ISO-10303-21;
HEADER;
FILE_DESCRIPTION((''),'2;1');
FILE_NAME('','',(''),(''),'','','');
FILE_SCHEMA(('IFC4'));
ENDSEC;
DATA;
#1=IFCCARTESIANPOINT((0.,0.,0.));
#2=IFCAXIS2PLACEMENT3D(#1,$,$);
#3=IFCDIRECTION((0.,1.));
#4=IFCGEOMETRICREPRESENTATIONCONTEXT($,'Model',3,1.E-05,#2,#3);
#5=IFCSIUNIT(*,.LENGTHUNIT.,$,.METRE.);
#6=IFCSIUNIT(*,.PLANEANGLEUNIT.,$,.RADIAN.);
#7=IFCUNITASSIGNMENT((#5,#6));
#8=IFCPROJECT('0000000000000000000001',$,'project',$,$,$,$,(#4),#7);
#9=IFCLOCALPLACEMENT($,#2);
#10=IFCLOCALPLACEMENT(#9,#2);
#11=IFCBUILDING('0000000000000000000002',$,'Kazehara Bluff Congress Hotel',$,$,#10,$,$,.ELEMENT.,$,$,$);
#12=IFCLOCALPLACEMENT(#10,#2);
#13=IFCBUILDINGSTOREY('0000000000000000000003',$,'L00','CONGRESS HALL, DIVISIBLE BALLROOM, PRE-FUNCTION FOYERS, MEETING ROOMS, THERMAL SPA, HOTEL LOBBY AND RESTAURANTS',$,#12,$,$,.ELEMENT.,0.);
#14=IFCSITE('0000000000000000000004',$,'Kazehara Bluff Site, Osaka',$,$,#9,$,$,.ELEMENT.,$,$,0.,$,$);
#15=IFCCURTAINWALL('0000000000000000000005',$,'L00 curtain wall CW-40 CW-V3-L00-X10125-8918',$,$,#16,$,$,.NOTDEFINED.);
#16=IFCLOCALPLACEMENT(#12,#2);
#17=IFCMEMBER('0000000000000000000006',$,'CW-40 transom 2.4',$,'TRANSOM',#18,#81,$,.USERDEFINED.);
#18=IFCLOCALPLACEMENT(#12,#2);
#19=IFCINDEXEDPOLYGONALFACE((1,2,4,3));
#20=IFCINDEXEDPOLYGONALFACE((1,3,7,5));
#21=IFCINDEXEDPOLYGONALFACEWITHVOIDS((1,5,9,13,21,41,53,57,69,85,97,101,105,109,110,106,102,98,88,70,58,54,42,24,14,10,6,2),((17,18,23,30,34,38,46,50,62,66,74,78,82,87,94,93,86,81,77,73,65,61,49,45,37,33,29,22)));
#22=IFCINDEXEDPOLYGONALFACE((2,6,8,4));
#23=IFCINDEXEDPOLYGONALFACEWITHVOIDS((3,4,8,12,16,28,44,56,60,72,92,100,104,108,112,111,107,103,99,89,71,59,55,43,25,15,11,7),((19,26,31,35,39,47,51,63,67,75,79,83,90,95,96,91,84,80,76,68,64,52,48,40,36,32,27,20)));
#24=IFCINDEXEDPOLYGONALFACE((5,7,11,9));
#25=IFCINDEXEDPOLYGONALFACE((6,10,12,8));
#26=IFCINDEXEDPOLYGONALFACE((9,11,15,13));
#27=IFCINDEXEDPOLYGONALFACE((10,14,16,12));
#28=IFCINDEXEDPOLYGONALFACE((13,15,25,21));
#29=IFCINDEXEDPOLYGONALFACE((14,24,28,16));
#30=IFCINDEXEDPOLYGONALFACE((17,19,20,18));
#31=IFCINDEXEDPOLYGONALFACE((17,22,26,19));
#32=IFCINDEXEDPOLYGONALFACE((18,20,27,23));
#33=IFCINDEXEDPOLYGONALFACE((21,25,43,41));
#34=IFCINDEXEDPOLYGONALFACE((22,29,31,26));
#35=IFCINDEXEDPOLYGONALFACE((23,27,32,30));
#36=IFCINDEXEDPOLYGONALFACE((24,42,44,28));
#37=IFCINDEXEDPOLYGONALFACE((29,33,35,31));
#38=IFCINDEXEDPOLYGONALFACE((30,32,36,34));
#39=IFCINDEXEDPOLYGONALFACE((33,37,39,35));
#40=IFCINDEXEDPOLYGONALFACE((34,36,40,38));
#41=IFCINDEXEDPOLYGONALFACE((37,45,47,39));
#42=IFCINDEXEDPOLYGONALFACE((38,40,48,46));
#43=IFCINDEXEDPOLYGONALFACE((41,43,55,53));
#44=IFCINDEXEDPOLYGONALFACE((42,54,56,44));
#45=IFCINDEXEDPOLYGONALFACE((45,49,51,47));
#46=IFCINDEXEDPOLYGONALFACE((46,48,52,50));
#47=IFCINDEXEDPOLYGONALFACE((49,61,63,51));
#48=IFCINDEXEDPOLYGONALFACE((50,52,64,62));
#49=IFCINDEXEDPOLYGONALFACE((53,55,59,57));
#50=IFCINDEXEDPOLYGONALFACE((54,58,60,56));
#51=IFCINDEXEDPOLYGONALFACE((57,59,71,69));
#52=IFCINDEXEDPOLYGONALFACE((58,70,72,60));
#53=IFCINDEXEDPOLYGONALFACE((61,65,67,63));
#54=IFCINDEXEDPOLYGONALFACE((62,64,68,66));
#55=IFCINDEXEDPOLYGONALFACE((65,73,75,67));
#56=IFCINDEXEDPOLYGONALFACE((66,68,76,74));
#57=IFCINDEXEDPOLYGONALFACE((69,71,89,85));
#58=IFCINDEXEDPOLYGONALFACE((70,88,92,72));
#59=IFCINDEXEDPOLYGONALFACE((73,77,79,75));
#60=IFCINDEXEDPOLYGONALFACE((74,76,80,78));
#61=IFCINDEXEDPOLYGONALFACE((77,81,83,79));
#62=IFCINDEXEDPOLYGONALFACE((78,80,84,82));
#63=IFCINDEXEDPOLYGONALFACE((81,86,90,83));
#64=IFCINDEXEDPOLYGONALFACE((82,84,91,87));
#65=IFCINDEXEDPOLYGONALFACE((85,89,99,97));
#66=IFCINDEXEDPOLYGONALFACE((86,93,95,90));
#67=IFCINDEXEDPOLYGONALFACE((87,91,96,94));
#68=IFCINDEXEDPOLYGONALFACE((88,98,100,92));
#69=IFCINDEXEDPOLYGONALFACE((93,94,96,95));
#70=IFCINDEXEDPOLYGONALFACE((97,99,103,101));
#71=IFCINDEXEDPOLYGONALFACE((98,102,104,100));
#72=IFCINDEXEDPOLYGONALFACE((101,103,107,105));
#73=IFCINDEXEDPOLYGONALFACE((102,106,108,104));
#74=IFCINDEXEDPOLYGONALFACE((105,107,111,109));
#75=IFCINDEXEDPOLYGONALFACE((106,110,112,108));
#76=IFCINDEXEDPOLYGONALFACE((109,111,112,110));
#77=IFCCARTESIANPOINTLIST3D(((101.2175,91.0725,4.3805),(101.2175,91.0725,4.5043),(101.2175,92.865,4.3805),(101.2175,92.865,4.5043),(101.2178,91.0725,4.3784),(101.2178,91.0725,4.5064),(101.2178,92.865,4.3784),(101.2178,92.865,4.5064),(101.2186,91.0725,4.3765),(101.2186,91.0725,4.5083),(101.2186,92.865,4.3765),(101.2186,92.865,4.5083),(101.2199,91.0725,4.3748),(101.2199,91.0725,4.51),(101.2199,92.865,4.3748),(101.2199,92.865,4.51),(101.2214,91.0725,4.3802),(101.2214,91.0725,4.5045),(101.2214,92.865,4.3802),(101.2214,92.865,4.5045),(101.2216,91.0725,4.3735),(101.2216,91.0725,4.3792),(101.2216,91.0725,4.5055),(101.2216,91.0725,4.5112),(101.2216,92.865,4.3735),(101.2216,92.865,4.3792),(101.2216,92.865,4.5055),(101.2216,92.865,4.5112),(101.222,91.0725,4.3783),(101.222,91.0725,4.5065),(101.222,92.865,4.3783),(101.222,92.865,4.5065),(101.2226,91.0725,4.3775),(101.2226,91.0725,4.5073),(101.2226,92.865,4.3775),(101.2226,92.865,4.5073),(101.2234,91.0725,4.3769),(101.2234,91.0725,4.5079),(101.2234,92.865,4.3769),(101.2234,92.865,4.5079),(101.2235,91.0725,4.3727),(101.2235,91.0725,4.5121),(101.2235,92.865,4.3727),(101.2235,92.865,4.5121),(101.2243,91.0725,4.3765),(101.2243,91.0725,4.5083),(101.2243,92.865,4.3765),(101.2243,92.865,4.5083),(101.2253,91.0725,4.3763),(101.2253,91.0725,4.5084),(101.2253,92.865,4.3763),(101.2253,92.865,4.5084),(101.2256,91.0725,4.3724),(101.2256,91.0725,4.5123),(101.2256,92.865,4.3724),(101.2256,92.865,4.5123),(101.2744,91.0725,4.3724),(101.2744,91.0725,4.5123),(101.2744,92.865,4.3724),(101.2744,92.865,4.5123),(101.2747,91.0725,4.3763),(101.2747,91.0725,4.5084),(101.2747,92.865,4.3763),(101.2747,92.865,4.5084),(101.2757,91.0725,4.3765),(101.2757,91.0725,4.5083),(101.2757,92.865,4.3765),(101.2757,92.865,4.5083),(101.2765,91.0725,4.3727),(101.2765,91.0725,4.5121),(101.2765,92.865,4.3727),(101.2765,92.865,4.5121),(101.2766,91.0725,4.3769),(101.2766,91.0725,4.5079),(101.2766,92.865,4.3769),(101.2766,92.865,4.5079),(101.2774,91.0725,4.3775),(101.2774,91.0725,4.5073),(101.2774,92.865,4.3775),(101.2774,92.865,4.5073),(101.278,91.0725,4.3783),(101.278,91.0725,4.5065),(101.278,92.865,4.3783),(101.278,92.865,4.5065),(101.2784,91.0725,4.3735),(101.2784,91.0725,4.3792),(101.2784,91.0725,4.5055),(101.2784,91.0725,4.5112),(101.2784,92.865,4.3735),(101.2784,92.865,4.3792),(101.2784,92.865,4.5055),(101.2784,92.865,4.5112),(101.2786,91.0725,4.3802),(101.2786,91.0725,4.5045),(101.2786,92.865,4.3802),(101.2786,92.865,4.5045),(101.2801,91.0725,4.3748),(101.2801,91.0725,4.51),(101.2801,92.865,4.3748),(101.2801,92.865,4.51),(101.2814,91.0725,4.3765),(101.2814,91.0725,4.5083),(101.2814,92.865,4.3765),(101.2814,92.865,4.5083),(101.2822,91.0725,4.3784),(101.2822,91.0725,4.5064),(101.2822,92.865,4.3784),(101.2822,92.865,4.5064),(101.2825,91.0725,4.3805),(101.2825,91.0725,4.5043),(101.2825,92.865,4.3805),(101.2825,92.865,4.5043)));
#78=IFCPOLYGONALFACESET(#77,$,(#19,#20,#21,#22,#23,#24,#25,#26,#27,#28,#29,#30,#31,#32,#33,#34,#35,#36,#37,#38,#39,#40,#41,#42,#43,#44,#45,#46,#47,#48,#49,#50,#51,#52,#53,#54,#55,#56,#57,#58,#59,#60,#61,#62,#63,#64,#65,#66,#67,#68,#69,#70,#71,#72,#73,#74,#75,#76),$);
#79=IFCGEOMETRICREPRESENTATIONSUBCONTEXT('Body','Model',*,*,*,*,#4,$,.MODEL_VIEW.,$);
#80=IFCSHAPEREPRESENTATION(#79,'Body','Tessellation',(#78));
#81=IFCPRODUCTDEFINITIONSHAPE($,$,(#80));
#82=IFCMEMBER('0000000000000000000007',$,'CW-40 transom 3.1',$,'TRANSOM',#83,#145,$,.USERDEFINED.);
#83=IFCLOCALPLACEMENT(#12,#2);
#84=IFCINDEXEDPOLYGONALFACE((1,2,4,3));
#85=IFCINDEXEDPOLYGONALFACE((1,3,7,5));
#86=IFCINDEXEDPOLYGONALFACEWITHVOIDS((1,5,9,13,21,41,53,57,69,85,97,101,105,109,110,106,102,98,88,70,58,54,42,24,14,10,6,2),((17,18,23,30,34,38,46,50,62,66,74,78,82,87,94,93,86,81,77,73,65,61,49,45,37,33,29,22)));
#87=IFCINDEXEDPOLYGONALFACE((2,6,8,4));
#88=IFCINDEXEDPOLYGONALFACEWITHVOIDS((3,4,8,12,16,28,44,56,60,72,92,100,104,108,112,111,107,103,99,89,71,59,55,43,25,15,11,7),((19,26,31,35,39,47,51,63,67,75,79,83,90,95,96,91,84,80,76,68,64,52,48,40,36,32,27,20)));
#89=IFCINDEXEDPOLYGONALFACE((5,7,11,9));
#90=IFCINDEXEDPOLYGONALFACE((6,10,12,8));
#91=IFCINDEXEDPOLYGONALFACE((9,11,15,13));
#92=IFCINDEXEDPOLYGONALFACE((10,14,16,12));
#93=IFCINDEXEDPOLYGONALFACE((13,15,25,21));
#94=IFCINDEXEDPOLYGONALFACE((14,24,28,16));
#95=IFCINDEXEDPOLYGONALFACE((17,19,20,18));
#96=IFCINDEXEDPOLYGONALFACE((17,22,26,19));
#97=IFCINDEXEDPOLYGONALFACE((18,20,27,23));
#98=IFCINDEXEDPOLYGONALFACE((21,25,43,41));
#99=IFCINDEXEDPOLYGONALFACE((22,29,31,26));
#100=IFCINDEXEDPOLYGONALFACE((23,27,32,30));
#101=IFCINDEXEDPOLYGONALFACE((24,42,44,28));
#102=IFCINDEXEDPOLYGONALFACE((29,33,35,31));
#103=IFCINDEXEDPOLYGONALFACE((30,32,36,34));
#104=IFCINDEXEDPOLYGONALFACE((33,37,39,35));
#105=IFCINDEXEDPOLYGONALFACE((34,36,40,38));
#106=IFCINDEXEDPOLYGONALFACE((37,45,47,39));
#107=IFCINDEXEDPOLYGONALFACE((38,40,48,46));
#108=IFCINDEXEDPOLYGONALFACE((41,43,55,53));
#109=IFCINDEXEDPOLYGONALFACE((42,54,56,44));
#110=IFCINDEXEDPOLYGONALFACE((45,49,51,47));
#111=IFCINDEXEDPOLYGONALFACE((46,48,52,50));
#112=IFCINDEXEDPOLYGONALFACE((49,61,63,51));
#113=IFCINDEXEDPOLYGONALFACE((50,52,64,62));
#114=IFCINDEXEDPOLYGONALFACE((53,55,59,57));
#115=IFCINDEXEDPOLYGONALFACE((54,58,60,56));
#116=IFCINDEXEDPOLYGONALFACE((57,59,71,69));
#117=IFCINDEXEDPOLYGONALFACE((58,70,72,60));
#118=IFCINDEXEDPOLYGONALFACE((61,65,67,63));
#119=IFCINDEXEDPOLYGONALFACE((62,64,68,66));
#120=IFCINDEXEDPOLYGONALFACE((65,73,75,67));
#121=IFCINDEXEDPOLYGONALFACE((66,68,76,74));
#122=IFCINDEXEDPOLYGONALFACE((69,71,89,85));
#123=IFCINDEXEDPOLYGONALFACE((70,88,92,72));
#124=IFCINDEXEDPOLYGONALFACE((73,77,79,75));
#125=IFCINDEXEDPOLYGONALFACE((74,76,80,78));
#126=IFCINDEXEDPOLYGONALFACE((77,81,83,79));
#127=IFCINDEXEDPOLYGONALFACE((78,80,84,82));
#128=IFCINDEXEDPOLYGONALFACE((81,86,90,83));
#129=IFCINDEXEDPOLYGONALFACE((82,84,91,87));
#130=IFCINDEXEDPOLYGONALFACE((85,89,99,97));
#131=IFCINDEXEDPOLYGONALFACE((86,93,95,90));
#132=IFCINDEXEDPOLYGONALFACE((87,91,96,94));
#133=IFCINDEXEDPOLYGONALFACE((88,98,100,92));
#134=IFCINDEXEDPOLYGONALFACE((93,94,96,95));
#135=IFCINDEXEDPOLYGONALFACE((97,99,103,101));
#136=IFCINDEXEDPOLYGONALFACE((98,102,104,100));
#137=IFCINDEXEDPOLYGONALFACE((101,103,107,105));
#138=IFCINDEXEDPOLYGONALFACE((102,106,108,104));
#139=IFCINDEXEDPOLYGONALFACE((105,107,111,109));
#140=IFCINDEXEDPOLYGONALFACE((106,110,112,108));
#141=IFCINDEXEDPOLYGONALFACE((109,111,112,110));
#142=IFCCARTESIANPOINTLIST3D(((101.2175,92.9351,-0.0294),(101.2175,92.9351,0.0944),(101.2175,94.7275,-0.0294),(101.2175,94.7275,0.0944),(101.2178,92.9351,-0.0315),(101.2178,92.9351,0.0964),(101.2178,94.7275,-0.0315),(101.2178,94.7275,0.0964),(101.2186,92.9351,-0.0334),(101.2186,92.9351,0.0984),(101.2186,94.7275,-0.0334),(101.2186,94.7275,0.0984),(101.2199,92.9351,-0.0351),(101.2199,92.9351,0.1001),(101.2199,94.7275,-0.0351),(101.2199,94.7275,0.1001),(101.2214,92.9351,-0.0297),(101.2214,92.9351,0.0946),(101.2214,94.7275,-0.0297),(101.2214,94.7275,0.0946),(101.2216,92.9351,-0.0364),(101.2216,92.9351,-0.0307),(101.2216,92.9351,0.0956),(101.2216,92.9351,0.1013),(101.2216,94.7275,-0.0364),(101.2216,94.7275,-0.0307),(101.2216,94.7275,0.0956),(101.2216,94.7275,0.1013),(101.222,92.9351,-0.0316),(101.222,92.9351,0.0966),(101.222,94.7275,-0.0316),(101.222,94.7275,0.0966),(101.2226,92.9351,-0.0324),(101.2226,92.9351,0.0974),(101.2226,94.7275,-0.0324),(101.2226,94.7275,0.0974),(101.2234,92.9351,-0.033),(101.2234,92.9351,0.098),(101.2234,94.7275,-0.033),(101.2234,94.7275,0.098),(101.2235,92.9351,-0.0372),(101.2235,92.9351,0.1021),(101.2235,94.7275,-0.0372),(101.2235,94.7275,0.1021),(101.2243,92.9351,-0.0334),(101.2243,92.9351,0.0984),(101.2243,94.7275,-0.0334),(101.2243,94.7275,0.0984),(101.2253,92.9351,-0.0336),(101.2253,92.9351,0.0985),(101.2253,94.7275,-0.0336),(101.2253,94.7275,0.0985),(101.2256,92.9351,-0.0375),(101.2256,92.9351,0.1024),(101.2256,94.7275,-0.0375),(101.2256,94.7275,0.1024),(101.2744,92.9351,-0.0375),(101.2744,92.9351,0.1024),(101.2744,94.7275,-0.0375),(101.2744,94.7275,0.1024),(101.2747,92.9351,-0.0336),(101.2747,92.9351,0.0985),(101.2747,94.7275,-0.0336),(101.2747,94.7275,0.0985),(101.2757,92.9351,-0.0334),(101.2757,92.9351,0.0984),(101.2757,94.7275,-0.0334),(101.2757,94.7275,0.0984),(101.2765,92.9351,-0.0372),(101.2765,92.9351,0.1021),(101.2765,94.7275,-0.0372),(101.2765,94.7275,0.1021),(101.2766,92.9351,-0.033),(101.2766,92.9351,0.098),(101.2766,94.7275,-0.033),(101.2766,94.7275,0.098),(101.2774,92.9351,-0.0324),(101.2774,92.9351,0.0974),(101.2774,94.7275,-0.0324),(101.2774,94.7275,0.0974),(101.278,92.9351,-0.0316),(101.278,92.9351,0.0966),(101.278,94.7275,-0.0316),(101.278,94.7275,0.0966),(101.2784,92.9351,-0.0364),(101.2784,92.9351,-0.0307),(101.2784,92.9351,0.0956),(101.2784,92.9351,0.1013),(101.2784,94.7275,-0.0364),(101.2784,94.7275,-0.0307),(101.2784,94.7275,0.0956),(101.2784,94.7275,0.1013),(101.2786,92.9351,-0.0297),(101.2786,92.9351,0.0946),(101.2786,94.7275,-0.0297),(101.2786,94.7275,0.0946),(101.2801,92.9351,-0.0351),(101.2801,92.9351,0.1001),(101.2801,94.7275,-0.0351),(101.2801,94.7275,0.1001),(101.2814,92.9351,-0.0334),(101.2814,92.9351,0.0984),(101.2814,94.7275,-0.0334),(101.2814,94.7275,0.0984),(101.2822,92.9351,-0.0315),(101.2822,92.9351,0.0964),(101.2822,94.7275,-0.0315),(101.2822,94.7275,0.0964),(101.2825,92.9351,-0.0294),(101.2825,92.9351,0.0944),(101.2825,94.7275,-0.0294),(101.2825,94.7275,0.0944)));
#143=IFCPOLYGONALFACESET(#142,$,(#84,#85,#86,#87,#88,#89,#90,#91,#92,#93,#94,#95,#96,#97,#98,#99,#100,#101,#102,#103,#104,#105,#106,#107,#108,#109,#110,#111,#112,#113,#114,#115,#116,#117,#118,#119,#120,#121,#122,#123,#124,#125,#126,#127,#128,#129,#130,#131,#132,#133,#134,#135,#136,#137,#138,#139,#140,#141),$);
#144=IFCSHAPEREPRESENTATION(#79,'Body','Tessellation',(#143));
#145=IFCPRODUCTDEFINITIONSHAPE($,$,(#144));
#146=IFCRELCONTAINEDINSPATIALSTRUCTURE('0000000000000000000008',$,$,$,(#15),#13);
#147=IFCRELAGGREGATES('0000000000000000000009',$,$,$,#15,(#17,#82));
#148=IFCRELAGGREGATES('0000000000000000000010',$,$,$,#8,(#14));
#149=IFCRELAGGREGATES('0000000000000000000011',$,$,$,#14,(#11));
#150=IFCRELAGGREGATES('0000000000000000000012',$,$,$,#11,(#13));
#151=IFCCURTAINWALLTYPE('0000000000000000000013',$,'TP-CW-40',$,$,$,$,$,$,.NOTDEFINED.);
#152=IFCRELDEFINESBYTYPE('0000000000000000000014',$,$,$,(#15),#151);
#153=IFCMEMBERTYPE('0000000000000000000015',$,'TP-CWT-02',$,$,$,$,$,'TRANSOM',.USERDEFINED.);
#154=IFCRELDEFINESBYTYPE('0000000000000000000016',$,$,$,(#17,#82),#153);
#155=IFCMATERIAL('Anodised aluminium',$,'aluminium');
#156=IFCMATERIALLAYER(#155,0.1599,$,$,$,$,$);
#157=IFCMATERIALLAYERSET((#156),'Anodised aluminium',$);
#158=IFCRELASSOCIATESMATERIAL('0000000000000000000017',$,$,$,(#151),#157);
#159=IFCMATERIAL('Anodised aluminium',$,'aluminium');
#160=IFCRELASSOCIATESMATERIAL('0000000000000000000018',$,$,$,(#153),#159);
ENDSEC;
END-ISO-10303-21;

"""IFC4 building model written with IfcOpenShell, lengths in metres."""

from ifc_helpers import new_model, si_unit, direction, frame, origin, origin_2d, place, context, subcontext, project, spatial, hollow_rectangle, extrude, material, layer, layer_set, material_profile, profile_set, type_object, element, aggregate, save


model = new_model("IFC4")

# Units and contexts
model_context = context("Model", 3, precision=1e-05, world=origin(), true_north=direction((0.0, 1.0)))
body_context = subcontext(model_context, "Body", "Model", "MODEL_VIEW")
ifc_project = project(units=[si_unit("LENGTHUNIT", "METRE"), si_unit("PLANEANGLEUNIT", "RADIAN")], contexts=[model_context])

# Site, building, storey
site_placement = place(None, origin())
site = spatial("IfcSite", under=ifc_project, at=site_placement, Name="Kazehara Bluff Site, Osaka", CompositionType="ELEMENT", RefElevation=0.0)
building_placement = place(site_placement, origin())
building = spatial("IfcBuilding", under=site, at=building_placement, Name="Kazehara Bluff Congress Hotel", CompositionType="ELEMENT")
storey_placement = place(building_placement, origin())
storey = spatial("IfcBuildingStorey", under=building, at=storey_placement, Name="L00", Description="CONGRESS HALL, DIVISIBLE BALLROOM, PRE-FUNCTION FOYERS, MEETING ROOMS, THERMAL SPA, HOTEL LOBBY AND RESTAURANTS", CompositionType="ELEMENT", Elevation=0.0)

# Curtain wall, members
ifc_material_1 = material(Name="Anodised aluminium", Category="aluminium")
ifc_layer_1 = layer(ifc_material_1, 0.1599)
ifc_layer_set_1 = layer_set([ifc_layer_1], Name="Anodised aluminium")
curtain_wall_type = type_object("IfcCurtainWallType", Name="TP-CW-40", PredefinedType="NOTDEFINED", material=ifc_layer_set_1)
curtain_wall_placement = place(storey_placement, origin())
curtain_wall = element("IfcCurtainWall", 1, at=curtain_wall_placement, inside=storey, type_object=curtain_wall_type, Name="L00 curtain wall CW-40 CW-V3-L00-X10125-8918", PredefinedType="NOTDEFINED")
ifc_material_2 = material(Name="Anodised aluminium", Category="aluminium")
ifc_material_profile_1 = material_profile(ifc_material_2, hollow_rectangle(XDim=0.0649, YDim=0.1399, WallThickness=0.0039, InnerFilletRadius=0.0039, OuterFilletRadius=0.0081, at=origin_2d()))
ifc_profile_set_1 = profile_set([ifc_material_profile_1], Name="Anodised aluminium")
member_type_1 = type_object("IfcMemberType", Name="TP-CWT-02", ElementType="TRANSOM", PredefinedType="USERDEFINED", material=ifc_profile_set_1)
member_1_placement = place(storey_placement, frame((101.25, 91.0725, 4.4424), z_axis=(0.0, 1.0, 0.0), x_axis=(-1.0, 0.0, 0.0)))
member_1 = element("IfcMember", 2, at=member_1_placement, type_object=member_type_1, Name="CW-40 transom 2.4", ObjectType="TRANSOM", PredefinedType="USERDEFINED", context=body_context, shape_type="SweptSolid", body=[
    extrude(hollow_rectangle(XDim=0.0649, YDim=0.1399, WallThickness=0.0039, InnerFilletRadius=0.0039, OuterFilletRadius=0.0081, at=origin_2d()), origin(), (0.0, 0.0, 1.0), 1.7925),
])
member_2_placement = place(storey_placement, frame((101.25, 92.9351, 0.0325), z_axis=(0.0, 1.0, 0.0), x_axis=(-1.0, 0.0, 0.0)))
member_2 = element("IfcMember", 3, at=member_2_placement, type_object=member_type_1, Name="CW-40 transom 3.1", ObjectType="TRANSOM", PredefinedType="USERDEFINED", context=body_context, shape_type="SweptSolid", body=[
    extrude(hollow_rectangle(XDim=0.0649, YDim=0.1399, WallThickness=0.0039, InnerFilletRadius=0.0039, OuterFilletRadius=0.0081, at=origin_2d()), origin(), (0.0, 0.0, 1.0), 1.7925),
])
aggregate(curtain_wall, [member_1, member_2])

save(model, "model.ifc")
